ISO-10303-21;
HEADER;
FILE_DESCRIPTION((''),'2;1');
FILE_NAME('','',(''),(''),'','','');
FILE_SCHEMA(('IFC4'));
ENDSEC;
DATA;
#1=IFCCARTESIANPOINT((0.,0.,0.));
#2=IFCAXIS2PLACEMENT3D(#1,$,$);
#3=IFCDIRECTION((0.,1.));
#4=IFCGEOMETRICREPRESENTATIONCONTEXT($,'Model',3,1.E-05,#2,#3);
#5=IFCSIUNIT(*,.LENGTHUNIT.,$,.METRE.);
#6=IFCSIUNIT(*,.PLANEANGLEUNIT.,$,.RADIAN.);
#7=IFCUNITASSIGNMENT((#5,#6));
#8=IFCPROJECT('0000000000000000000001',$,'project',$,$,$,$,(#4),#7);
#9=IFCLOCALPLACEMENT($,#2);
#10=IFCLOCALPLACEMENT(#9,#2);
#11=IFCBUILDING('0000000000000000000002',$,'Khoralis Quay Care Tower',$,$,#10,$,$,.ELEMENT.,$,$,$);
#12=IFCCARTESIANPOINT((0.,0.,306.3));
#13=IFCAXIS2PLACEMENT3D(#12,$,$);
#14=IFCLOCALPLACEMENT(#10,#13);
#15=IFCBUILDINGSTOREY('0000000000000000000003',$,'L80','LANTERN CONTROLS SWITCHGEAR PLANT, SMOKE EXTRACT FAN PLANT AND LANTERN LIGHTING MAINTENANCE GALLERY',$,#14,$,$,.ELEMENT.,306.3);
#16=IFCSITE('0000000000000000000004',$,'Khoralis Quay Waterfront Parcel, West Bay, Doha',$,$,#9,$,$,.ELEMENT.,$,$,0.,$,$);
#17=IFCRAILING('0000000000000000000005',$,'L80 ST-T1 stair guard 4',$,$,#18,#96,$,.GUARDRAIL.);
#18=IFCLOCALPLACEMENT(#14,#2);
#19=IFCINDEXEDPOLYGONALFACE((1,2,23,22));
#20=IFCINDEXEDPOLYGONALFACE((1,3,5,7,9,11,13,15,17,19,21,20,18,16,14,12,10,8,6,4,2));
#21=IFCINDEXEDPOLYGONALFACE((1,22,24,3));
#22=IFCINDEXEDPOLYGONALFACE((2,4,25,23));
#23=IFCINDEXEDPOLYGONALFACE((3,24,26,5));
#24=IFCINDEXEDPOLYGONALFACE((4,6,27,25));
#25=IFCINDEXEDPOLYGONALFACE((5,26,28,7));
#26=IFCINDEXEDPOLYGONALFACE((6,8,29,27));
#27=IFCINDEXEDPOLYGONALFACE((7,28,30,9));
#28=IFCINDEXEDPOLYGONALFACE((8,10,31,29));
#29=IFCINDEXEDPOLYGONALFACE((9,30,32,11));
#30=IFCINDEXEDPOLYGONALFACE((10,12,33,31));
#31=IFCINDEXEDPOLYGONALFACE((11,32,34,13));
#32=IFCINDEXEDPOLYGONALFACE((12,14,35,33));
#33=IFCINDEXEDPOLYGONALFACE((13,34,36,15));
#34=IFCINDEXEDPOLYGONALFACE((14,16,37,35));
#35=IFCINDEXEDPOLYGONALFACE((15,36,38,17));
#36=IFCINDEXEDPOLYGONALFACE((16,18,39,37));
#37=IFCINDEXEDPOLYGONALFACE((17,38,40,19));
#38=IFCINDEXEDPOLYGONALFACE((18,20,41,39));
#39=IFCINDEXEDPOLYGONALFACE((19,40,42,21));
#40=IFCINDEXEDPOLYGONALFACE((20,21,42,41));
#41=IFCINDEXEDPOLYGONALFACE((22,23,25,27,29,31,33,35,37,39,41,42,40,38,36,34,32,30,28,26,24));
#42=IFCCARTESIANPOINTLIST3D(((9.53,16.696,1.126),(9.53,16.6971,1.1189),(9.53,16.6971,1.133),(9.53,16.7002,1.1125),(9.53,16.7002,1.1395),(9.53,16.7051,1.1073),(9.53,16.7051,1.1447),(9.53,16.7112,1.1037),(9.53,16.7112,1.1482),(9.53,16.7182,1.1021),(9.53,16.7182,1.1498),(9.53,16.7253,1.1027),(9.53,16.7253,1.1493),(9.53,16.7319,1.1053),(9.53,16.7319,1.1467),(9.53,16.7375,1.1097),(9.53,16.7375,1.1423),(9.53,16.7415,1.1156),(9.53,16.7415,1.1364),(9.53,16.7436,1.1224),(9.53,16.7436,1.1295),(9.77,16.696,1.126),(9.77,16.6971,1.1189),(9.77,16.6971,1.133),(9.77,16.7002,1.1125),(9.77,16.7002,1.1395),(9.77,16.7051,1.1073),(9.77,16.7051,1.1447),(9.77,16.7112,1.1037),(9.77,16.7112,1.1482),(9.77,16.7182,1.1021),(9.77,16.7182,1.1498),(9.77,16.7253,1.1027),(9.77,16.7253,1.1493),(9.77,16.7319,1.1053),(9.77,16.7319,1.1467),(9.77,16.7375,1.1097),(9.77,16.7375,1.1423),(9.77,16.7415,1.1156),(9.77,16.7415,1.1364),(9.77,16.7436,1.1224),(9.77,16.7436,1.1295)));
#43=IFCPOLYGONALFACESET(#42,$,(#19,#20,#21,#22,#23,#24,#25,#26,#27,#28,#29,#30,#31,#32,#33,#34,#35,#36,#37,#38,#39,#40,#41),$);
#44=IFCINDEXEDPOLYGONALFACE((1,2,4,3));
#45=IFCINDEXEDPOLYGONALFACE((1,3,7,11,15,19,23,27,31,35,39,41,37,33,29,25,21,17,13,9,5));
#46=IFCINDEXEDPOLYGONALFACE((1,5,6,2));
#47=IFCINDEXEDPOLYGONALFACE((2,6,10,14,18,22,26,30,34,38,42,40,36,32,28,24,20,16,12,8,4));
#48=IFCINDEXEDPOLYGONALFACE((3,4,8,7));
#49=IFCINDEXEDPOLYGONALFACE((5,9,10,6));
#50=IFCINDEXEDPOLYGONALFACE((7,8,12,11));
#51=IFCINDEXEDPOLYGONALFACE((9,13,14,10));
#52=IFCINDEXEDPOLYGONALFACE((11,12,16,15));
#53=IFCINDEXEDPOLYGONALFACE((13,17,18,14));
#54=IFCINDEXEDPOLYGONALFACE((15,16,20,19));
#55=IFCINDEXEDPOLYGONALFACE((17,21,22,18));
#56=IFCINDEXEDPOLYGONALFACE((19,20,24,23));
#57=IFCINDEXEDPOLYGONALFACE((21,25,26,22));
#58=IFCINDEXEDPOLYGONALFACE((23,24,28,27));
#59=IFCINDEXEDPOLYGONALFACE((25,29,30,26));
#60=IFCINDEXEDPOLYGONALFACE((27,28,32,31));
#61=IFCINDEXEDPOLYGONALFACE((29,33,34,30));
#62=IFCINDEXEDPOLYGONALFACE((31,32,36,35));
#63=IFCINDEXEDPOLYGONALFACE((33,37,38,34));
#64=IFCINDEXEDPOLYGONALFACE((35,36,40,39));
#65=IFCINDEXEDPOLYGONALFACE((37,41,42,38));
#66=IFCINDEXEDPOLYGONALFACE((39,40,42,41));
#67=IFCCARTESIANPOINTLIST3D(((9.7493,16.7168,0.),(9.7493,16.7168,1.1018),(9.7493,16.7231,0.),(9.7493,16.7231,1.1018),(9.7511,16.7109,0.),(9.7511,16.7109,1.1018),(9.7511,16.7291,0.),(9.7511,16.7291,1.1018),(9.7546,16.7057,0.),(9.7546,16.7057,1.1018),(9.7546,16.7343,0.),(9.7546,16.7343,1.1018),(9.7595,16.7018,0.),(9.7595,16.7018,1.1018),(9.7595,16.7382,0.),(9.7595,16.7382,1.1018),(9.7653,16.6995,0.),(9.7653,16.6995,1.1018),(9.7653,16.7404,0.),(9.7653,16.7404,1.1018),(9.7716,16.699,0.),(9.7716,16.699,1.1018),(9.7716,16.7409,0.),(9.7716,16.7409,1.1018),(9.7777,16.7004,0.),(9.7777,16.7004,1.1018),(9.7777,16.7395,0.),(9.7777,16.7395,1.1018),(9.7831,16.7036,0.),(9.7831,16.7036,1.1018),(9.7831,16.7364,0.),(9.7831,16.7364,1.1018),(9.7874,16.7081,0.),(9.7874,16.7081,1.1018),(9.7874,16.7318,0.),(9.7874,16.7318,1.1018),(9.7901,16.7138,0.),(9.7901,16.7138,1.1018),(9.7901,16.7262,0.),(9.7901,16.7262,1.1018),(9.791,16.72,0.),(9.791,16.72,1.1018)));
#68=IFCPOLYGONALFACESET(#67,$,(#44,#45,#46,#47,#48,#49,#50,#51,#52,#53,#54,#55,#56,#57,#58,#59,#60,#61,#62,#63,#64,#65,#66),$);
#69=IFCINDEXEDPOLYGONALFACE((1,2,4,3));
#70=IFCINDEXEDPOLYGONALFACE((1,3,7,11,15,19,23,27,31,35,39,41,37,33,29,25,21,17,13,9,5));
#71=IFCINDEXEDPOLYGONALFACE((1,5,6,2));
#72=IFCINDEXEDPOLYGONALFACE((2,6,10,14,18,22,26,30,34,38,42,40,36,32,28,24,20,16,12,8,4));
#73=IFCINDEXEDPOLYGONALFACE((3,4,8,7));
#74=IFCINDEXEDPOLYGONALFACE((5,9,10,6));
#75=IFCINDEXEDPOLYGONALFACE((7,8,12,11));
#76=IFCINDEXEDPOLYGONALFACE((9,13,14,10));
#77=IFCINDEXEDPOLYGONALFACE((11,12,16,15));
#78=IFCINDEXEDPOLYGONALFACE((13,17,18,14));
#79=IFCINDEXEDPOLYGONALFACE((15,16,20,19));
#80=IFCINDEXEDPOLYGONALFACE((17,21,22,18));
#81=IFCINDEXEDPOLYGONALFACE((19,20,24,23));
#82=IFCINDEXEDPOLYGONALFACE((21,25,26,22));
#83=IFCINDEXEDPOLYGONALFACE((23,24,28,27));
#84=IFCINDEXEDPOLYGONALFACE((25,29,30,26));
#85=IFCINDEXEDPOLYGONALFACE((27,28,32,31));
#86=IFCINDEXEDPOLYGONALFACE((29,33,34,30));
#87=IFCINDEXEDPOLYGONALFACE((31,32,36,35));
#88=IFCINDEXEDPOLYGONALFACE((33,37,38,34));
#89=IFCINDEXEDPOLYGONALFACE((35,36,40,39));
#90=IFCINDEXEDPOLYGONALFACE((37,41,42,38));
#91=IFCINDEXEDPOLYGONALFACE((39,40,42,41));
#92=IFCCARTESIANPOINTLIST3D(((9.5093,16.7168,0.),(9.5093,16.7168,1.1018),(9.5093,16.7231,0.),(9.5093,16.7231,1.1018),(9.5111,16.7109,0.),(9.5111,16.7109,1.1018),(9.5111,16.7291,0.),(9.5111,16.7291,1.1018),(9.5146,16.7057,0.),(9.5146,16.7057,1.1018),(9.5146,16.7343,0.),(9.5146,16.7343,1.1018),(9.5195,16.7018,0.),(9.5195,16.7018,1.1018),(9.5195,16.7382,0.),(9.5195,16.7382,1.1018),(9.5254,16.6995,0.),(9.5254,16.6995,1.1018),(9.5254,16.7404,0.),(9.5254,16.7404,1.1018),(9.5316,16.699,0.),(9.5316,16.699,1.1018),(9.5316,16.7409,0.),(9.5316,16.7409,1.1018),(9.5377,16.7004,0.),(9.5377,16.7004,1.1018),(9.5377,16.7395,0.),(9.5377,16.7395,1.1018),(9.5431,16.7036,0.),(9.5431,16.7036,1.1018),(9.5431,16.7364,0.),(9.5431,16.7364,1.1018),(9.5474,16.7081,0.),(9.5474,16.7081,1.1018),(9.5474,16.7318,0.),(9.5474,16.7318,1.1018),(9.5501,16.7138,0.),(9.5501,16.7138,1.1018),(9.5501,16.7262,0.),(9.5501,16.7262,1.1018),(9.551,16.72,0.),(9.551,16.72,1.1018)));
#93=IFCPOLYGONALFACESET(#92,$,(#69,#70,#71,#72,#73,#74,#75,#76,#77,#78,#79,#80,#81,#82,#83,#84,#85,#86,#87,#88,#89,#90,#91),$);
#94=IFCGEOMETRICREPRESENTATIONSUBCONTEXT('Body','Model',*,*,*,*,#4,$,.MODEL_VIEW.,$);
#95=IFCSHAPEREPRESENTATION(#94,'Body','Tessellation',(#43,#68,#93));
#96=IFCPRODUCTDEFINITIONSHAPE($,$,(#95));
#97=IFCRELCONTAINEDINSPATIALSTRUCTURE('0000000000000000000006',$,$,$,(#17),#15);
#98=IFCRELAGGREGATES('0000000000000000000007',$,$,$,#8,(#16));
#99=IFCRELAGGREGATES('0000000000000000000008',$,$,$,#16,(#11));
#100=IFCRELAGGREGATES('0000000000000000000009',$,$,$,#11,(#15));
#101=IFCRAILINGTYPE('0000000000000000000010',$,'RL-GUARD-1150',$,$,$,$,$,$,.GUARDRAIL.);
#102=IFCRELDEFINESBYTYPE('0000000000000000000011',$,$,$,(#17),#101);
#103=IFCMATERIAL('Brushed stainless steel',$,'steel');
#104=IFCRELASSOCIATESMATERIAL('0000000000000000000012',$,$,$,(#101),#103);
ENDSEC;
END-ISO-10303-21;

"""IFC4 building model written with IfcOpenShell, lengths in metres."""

from ifc_helpers import new_model, si_unit, direction, frame, origin, origin_2d, place, context, subcontext, project, spatial, circle, extrude, material, type_object, element, save


model = new_model("IFC4")

# Units and contexts
model_context = context("Model", 3, precision=1e-05, world=origin(), true_north=direction((0.0, 1.0)))
body_context = subcontext(model_context, "Body", "Model", "MODEL_VIEW")
ifc_project = project(units=[si_unit("LENGTHUNIT", "METRE"), si_unit("PLANEANGLEUNIT", "RADIAN")], contexts=[model_context])

# Site, building, storey
site_placement = place(None, origin())
site = spatial("IfcSite", under=ifc_project, at=site_placement, Name="Khoralis Quay Waterfront Parcel, West Bay, Doha", CompositionType="ELEMENT", RefElevation=0.0)
building_placement = place(site_placement, origin())
building = spatial("IfcBuilding", under=site, at=building_placement, Name="Khoralis Quay Care Tower", CompositionType="ELEMENT")
storey_placement = place(building_placement, frame((0.0, 0.0, 306.3)))
storey = spatial("IfcBuildingStorey", under=building, at=storey_placement, Name="L80", Description="LANTERN CONTROLS SWITCHGEAR PLANT, SMOKE EXTRACT FAN PLANT AND LANTERN LIGHTING MAINTENANCE GALLERY", CompositionType="ELEMENT", Elevation=306.3)

# Shared definitions
ifc_material_1 = material(Name="Brushed stainless steel", Category="steel")

# Railing
railing_type_1 = type_object("IfcRailingType", Name="RL-GUARD-1150", PredefinedType="GUARDRAIL", material=ifc_material_1)
railing_1_placement = place(storey_placement, frame((9.77, 16.72, 0.0)))
element("IfcRailing", 1, at=railing_1_placement, inside=storey, type_object=railing_type_1, Name="L80 ST-T1 stair guard 4", PredefinedType="GUARDRAIL", context=body_context, shape_type="SweptSolid", body=[
    extrude(circle(Radius=0.0239, at=origin_2d()), frame((0.0, 0.0, 1.126), z_axis=(-1.0, 0.0, 0.0), x_axis=(0.0, -1.0, 0.0)), (0.0, 0.0, 1.0), 0.24),
    extrude(circle(Radius=0.021, at=origin_2d()), origin(), (0.0, 0.0, 1.0), 1.1018),
    extrude(circle(Radius=0.021, at=origin_2d()), frame((-0.24, 0.0, 0.0)), (0.0, 0.0, 1.0), 1.1018),
])

save(model, "model.ifc")
